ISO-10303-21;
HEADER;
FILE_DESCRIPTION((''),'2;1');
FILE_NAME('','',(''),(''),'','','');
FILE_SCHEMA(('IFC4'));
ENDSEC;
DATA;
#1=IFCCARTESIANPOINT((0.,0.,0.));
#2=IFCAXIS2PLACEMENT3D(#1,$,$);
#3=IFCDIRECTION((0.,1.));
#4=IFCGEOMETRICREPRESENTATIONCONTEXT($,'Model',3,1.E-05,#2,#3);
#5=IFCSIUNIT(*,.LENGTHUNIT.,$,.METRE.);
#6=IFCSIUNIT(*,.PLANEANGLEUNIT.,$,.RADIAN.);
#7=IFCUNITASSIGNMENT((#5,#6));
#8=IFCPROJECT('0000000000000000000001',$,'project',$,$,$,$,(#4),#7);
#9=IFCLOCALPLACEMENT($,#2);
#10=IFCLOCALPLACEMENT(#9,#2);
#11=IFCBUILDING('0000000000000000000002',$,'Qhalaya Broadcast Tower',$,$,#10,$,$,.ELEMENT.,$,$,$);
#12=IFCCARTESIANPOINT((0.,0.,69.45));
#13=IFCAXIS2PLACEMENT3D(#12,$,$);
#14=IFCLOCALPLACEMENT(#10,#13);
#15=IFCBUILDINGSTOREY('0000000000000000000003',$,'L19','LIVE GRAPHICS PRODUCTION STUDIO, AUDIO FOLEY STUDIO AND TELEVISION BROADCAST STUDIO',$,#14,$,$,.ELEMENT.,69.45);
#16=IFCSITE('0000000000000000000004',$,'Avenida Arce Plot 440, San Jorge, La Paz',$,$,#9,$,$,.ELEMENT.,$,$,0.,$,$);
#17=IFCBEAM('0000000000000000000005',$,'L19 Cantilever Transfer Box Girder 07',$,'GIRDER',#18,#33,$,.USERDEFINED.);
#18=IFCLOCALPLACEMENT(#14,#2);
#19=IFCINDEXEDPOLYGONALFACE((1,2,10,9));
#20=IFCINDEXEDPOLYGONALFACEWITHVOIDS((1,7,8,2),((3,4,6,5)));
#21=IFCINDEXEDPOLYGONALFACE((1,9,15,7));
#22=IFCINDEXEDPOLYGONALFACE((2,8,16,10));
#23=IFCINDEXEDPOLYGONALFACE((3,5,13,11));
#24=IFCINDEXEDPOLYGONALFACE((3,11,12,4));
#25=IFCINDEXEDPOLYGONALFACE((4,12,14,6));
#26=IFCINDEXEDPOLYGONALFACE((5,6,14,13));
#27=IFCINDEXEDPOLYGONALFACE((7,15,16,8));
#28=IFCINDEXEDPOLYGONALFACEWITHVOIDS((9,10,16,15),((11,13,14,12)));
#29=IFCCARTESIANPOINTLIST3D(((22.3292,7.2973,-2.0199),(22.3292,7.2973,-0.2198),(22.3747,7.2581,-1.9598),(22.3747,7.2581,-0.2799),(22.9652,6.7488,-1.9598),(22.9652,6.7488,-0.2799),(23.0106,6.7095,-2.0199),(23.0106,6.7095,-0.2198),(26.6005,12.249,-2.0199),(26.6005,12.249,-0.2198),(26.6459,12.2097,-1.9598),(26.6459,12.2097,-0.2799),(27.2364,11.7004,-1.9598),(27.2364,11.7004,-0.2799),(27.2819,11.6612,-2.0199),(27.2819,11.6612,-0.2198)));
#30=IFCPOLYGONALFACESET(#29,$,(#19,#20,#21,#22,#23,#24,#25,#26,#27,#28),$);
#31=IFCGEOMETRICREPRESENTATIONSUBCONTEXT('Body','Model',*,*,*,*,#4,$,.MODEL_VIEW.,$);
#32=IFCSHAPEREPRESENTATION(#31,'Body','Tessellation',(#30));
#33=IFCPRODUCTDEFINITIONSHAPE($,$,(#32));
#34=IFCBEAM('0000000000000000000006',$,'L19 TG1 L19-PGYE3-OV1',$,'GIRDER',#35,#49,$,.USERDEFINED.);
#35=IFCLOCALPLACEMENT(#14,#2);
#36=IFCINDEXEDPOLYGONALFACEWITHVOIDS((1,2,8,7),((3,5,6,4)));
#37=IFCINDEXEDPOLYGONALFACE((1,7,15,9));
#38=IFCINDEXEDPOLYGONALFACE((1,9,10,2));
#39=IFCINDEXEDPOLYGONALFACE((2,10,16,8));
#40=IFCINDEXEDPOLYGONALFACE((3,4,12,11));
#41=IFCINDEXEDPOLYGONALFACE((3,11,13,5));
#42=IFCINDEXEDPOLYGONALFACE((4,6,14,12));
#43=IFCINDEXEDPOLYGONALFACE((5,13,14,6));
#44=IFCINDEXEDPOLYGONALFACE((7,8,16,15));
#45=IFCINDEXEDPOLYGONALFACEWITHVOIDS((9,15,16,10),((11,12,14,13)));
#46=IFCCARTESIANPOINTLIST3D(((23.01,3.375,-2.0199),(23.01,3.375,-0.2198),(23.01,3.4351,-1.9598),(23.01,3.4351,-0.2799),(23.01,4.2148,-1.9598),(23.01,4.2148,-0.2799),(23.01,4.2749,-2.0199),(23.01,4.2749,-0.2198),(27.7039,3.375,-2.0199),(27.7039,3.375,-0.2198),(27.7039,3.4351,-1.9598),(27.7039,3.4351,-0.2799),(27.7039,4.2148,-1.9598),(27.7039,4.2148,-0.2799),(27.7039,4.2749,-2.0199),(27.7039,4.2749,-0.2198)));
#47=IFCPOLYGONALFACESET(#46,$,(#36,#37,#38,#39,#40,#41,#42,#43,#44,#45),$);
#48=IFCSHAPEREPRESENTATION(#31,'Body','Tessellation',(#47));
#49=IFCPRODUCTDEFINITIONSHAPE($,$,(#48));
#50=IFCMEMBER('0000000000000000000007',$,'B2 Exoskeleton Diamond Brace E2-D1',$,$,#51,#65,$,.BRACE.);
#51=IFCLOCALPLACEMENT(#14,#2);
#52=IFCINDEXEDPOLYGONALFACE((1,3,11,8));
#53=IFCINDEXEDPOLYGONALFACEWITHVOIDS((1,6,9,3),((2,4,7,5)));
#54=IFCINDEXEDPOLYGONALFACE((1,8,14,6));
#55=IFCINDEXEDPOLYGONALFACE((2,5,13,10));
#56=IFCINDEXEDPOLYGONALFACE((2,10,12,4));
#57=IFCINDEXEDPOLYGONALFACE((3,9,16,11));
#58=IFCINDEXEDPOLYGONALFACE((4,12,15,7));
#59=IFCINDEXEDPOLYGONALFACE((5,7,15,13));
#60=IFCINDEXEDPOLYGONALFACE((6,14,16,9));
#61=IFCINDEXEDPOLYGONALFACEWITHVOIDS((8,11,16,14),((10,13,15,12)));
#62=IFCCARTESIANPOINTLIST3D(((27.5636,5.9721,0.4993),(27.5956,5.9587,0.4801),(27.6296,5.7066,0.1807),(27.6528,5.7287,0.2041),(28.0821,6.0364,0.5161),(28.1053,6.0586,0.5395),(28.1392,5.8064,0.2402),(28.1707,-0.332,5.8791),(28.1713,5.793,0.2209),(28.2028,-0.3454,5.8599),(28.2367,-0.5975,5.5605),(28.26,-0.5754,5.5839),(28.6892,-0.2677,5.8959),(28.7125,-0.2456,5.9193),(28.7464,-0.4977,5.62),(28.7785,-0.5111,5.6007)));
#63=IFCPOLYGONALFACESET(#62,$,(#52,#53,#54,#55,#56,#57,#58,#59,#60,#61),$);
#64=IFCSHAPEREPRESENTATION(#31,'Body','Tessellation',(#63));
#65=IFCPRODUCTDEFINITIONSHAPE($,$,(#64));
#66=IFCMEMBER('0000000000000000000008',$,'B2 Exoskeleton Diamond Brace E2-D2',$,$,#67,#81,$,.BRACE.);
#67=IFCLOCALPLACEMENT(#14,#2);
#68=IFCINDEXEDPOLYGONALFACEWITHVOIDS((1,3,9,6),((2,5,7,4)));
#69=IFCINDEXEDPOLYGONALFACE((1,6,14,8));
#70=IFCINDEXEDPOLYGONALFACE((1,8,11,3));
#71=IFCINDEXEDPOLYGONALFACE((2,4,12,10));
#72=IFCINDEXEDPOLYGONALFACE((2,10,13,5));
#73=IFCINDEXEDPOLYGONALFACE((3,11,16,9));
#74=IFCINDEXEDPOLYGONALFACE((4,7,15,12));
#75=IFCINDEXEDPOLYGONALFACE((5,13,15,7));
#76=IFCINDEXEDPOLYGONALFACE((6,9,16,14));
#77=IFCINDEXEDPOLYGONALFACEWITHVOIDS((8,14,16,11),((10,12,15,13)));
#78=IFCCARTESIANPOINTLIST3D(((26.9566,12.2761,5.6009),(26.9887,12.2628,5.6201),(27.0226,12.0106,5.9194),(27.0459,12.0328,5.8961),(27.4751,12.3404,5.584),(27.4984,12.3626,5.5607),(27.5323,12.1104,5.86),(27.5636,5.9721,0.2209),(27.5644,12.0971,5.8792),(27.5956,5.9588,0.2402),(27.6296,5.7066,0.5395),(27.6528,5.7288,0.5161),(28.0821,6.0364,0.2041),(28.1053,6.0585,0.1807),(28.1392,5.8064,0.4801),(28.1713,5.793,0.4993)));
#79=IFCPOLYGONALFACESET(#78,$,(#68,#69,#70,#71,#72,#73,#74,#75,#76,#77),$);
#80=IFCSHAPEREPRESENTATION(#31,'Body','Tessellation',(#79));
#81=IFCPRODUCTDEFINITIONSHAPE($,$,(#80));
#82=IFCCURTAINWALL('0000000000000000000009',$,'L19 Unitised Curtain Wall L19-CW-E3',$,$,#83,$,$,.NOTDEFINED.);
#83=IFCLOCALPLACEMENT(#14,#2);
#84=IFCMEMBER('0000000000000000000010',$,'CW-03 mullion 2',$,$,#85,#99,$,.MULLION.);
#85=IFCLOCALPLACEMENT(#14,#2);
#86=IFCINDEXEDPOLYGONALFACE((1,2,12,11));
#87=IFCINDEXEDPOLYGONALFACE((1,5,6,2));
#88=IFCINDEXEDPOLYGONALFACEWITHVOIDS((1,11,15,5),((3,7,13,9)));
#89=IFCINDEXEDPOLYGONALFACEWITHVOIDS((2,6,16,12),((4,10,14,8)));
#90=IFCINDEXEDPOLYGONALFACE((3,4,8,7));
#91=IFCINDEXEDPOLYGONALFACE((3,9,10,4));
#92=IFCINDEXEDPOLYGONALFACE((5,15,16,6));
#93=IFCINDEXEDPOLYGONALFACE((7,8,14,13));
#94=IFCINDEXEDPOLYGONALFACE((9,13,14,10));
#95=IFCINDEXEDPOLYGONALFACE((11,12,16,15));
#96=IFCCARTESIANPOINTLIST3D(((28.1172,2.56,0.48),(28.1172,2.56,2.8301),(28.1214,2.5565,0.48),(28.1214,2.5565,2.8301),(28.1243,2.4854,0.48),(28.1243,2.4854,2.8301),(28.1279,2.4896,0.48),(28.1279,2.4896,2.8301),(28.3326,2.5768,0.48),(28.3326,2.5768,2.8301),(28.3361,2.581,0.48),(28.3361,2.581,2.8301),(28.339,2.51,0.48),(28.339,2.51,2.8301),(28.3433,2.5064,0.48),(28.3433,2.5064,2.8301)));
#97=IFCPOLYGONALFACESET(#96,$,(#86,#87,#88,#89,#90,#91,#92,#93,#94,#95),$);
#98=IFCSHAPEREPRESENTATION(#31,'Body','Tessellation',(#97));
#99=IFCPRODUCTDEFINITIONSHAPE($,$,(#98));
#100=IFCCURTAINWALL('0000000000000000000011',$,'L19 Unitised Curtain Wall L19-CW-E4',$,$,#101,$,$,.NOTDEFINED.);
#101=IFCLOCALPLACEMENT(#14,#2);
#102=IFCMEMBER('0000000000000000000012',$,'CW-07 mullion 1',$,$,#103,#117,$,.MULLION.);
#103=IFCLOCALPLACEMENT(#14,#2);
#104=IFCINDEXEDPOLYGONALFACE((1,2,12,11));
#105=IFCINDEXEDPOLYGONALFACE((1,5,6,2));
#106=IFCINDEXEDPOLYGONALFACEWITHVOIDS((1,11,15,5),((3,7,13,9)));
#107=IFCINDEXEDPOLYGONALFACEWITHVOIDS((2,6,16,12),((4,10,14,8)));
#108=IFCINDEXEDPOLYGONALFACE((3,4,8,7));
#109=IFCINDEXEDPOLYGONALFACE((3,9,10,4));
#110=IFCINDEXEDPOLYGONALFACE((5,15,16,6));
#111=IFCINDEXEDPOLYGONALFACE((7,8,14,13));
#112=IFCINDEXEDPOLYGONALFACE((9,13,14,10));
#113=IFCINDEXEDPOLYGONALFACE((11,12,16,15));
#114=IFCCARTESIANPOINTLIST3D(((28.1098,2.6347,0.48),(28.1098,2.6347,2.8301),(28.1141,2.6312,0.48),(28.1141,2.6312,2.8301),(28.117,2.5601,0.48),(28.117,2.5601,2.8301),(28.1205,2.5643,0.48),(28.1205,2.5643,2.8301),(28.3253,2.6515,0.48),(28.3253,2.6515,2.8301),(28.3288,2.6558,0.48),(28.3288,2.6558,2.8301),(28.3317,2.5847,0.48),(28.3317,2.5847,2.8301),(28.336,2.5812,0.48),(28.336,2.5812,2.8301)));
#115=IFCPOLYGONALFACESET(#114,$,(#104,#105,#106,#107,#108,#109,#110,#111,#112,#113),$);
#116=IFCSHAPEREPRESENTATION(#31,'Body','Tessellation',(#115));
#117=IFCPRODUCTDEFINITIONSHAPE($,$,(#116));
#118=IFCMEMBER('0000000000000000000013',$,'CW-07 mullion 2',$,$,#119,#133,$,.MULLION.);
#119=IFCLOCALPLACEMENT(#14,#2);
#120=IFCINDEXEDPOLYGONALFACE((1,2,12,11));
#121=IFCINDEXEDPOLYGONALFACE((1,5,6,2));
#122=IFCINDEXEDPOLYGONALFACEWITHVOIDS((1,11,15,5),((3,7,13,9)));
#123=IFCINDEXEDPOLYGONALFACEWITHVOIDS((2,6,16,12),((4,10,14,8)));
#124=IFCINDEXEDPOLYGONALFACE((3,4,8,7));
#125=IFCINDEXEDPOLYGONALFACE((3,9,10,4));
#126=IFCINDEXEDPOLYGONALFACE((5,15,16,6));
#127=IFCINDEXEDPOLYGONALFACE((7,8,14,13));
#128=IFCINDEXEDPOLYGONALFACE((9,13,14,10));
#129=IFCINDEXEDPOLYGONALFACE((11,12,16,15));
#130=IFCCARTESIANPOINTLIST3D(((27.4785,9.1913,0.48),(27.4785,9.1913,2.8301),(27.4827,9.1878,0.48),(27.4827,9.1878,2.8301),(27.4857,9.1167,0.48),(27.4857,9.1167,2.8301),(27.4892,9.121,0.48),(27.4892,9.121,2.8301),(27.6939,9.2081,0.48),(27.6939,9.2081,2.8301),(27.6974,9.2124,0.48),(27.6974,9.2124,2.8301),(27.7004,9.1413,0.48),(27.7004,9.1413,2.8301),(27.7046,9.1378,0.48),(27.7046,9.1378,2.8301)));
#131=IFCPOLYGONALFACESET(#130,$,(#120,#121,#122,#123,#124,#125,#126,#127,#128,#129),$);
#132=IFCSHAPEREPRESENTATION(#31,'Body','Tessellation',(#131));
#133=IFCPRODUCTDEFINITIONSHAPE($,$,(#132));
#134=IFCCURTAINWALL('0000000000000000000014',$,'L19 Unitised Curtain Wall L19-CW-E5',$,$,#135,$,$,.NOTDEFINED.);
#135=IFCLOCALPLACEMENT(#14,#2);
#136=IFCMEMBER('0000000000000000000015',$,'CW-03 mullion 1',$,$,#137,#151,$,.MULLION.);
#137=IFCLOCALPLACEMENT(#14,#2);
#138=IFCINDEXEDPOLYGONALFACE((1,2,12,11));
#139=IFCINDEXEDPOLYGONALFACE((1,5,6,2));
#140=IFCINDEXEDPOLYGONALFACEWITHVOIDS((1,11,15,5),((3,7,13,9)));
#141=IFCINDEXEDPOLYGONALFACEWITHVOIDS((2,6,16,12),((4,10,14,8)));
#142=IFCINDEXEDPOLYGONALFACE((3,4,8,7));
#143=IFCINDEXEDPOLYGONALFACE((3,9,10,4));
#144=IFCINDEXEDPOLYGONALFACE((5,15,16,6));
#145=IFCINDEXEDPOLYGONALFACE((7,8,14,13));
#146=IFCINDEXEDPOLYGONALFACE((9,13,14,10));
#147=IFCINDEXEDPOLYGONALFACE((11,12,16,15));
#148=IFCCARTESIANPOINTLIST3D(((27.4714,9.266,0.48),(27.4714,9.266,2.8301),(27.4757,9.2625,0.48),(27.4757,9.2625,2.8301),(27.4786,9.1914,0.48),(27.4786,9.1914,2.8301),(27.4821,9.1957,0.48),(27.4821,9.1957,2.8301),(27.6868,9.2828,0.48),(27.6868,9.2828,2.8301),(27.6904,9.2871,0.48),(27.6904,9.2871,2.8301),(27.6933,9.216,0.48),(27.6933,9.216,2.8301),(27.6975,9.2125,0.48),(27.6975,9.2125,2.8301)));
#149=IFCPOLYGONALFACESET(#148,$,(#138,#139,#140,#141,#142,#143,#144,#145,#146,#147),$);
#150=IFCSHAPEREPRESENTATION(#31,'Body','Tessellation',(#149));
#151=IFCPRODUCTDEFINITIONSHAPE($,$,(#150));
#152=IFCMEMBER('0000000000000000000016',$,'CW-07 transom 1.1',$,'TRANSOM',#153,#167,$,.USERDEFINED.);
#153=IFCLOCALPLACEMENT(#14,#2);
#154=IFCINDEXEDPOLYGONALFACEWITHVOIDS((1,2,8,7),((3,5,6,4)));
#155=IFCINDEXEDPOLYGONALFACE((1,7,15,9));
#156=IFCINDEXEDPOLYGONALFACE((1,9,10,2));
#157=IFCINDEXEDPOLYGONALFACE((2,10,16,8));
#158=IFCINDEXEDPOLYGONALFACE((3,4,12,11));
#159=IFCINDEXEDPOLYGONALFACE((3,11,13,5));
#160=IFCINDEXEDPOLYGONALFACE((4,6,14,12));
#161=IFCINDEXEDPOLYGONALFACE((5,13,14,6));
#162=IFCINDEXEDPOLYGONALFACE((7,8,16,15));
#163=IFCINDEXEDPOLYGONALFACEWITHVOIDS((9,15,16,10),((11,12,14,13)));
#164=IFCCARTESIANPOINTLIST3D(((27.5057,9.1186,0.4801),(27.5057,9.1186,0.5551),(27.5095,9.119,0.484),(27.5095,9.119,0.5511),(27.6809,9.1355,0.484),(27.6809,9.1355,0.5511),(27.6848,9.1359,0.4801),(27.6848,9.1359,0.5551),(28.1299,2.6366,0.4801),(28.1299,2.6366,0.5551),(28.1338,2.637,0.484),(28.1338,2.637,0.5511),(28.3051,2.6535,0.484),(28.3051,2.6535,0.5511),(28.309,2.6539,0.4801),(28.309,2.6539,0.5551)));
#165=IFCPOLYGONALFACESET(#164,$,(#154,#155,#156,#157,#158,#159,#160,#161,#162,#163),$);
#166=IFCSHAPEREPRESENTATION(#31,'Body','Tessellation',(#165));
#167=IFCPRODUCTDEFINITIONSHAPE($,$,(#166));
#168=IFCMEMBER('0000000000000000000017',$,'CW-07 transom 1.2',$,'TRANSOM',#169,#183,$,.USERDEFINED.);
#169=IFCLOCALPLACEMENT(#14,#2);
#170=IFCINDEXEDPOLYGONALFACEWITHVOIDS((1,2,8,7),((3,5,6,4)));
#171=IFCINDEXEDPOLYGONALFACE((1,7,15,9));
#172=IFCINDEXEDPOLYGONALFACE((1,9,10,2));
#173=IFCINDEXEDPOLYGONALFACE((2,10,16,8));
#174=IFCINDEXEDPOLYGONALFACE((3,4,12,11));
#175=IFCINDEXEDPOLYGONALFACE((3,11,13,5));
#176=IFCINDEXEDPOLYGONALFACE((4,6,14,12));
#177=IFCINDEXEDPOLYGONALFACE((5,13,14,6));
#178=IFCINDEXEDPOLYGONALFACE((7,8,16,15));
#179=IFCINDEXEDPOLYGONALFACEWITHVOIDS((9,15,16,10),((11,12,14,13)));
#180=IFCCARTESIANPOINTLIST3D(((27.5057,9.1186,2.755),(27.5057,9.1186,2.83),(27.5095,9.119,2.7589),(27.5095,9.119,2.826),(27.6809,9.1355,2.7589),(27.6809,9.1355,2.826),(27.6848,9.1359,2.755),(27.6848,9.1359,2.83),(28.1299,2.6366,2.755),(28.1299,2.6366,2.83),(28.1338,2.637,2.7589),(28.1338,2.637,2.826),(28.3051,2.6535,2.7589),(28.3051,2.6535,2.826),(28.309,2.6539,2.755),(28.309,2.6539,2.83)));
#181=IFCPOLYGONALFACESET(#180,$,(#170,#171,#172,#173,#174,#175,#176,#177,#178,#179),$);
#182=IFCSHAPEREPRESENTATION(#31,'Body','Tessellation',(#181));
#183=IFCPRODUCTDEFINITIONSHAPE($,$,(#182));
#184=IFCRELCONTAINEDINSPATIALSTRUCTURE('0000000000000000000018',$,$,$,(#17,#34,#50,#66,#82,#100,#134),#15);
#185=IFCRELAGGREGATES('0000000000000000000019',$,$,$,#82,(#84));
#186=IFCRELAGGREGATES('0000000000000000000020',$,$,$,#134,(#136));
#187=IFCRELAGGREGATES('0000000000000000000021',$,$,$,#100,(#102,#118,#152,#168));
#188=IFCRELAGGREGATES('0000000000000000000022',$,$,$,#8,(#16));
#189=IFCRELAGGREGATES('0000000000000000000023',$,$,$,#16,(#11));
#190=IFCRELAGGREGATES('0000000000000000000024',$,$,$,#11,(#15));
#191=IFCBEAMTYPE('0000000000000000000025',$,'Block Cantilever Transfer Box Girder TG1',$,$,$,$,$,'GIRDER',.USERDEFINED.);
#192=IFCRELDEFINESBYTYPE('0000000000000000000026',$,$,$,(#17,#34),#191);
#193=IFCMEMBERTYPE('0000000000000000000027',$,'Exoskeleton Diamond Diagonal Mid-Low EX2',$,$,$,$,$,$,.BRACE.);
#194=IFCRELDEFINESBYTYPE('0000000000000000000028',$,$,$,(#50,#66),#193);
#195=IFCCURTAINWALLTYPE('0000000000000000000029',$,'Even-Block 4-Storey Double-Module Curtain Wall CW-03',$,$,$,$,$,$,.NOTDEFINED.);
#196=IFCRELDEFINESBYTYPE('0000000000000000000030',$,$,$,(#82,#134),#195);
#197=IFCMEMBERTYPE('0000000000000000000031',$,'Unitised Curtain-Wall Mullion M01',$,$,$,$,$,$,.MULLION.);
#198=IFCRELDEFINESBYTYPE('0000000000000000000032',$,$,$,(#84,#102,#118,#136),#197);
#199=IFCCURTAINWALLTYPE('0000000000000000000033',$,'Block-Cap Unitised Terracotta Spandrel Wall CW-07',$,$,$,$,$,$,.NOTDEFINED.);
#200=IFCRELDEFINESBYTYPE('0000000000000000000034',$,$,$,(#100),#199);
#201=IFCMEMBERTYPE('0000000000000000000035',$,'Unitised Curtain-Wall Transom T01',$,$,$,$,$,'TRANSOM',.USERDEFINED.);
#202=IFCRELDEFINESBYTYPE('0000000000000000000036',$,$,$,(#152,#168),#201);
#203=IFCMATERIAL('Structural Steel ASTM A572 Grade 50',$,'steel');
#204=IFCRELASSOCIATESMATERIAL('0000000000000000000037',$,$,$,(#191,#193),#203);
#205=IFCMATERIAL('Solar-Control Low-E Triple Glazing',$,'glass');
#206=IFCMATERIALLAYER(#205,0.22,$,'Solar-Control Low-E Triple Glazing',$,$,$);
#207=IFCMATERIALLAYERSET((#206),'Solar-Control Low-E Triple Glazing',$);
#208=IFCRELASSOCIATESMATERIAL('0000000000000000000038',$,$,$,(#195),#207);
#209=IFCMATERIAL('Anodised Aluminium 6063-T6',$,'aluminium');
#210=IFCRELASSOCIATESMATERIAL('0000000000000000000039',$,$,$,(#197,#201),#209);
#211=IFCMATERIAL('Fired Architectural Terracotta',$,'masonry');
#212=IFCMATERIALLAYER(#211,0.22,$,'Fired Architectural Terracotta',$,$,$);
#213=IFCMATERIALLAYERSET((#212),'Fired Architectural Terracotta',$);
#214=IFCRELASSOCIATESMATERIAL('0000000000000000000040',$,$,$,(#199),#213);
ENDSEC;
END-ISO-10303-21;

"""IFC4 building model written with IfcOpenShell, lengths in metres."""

from ifc_helpers import new_model, si_unit, direction, frame, origin, origin_2d, place, context, subcontext, project, spatial, hollow_rectangle, extrude, material, layer, layer_set, material_profile, profile_set, type_object, element, aggregate, save


model = new_model("IFC4")

# Units and contexts
model_context = context("Model", 3, precision=1e-05, world=origin(), true_north=direction((0.0, 1.0)))
body_context = subcontext(model_context, "Body", "Model", "MODEL_VIEW")
ifc_project = project(units=[si_unit("LENGTHUNIT", "METRE"), si_unit("PLANEANGLEUNIT", "RADIAN")], contexts=[model_context])

# Site, building, storey
site_placement = place(None, origin())
site = spatial("IfcSite", under=ifc_project, at=site_placement, Name="Avenida Arce Plot 440, San Jorge, La Paz", CompositionType="ELEMENT", RefElevation=0.0)
building_placement = place(site_placement, origin())
building = spatial("IfcBuilding", under=site, at=building_placement, Name="Qhalaya Broadcast Tower", CompositionType="ELEMENT")
storey_placement = place(building_placement, frame((0.0, 0.0, 69.45)))
storey = spatial("IfcBuildingStorey", under=building, at=storey_placement, Name="L19", Description="LIVE GRAPHICS PRODUCTION STUDIO, AUDIO FOLEY STUDIO AND TELEVISION BROADCAST STUDIO", CompositionType="ELEMENT", Elevation=69.45)

# Beams
ifc_material_1 = material(Name="Structural Steel ASTM A572 Grade 50", Category="steel")
ifc_material_profile_1 = material_profile(ifc_material_1, hollow_rectangle(XDim=0.8999, YDim=1.8, WallThickness=0.0601, at=origin_2d()), Name="BOX 900x1800x60")
ifc_profile_set_1 = profile_set([ifc_material_profile_1], Name="Structural Steel ASTM A572 Grade 50")
beam_type = type_object("IfcBeamType", Name="Block Cantilever Transfer Box Girder TG1", ElementType="GIRDER", PredefinedType="USERDEFINED", material=ifc_profile_set_1)
beam_1_placement = place(storey_placement, frame((22.6699, 7.0034, -1.1199), z_axis=(0.653165, 0.757216, 0.0), x_axis=(-0.757216, 0.653165, 0.0)))
element("IfcBeam", 1, at=beam_1_placement, inside=storey, type_object=beam_type, Name="L19 Cantilever Transfer Box Girder 07", ObjectType="GIRDER", PredefinedType="USERDEFINED", context=body_context, shape_type="SweptSolid", body=[
    extrude(hollow_rectangle(XDim=0.8999, YDim=1.8, WallThickness=0.0601, at=origin_2d()), origin(), (0.0, 0.0, 1.0), 6.5393),
])
beam_2_placement = place(storey_placement, frame((23.01, 3.825, -1.1199), z_axis=(1.0, 0.0, 0.0), x_axis=(0.0, 1.0, 0.0)))
element("IfcBeam", 2, at=beam_2_placement, inside=storey, type_object=beam_type, Name="L19 TG1 L19-PGYE3-OV1", ObjectType="GIRDER", PredefinedType="USERDEFINED", context=body_context, shape_type="SweptSolid", body=[
    extrude(hollow_rectangle(XDim=0.8999, YDim=1.8, WallThickness=0.0601, at=origin_2d()), origin(), (0.0, 0.0, 1.0), 4.6938),
])

# Members
ifc_material_profile_2 = material_profile(ifc_material_1, hollow_rectangle(XDim=0.4199, YDim=0.55, WallThickness=0.0281, at=origin_2d()), Name="BOX 420x550x28")
ifc_profile_set_2 = profile_set([ifc_material_profile_2], Name="Structural Steel ASTM A572 Grade 50")
member_type_1 = type_object("IfcMemberType", Name="Exoskeleton Diamond Diagonal Mid-Low EX2", PredefinedType="BRACE", material=ifc_profile_set_2)
for number, where, z_axis, x_axis, name in (
    (3, (27.8674, 5.8826, 0.3601), (0.073067, -0.758636, 0.647405), (-0.157185, 0.632268, 0.758637), "B2 Exoskeleton Diamond Brace E2-D1"),
    (4, (27.8674, 5.8826, 0.3601), (-0.073039, 0.758625, 0.647421), (0.157165, -0.632289, 0.758624), "B2 Exoskeleton Diamond Brace E2-D2"),
):
    element("IfcMember", number, at=place(storey_placement, frame(where, z_axis=z_axis, x_axis=x_axis)), inside=storey, type_object=member_type_1, Name=name, PredefinedType="BRACE", context=body_context, shape_type="SweptSolid", body=[
        extrude(hollow_rectangle(XDim=0.4199, YDim=0.55, WallThickness=0.0281, at=origin_2d()), origin(), (0.0, 0.0, 1.0), 8.3098),
    ])

# Curtain wall, member
ifc_material_2 = material(Name="Solar-Control Low-E Triple Glazing", Category="glass")
ifc_layer_1 = layer(ifc_material_2, 0.22, Name="Solar-Control Low-E Triple Glazing")
ifc_layer_set_1 = layer_set([ifc_layer_1], Name="Solar-Control Low-E Triple Glazing")
curtain_wall_type_1 = type_object("IfcCurtainWallType", Name="Even-Block 4-Storey Double-Module Curtain Wall CW-03", PredefinedType="NOTDEFINED", material=ifc_layer_set_1)
curtain_wall_1_placement = place(storey_placement, origin())
curtain_wall_1 = element("IfcCurtainWall", 5, at=curtain_wall_1_placement, inside=storey, type_object=curtain_wall_type_1, Name="L19 Unitised Curtain Wall L19-CW-E3", PredefinedType="NOTDEFINED")
ifc_material_3 = material(Name="Anodised Aluminium 6063-T6", Category="aluminium")
ifc_material_profile_3 = material_profile(ifc_material_3, hollow_rectangle(XDim=0.075, YDim=0.22, WallThickness=0.0039, at=origin_2d()), Name="ALU-MUL 75x220x4")
ifc_profile_set_3 = profile_set([ifc_material_profile_3], Name="Anodised Aluminium 6063-T6")
member_type_2 = type_object("IfcMemberType", Name="Unitised Curtain-Wall Mullion M01", PredefinedType="MULLION", material=ifc_profile_set_3)
member_1_placement = place(storey_placement, frame((28.2302, 2.5332, 0.48), z_axis=(0.0, 0.0, 1.0), x_axis=(-0.095837, 0.995397, 0.0)))
member_1 = element("IfcMember", 6, at=member_1_placement, type_object=member_type_2, Name="CW-03 mullion 2", PredefinedType="MULLION", context=body_context, shape_type="SweptSolid", body=[
    extrude(hollow_rectangle(XDim=0.075, YDim=0.22, WallThickness=0.0039, at=origin_2d()), origin(), (0.0, 0.0, 1.0), 2.3501),
])
aggregate(curtain_wall_1, [member_1])

# Curtain wall, members
ifc_material_4 = material(Name="Fired Architectural Terracotta", Category="masonry")
ifc_layer_2 = layer(ifc_material_4, 0.22, Name="Fired Architectural Terracotta")
ifc_layer_set_2 = layer_set([ifc_layer_2], Name="Fired Architectural Terracotta")
curtain_wall_type_2 = type_object("IfcCurtainWallType", Name="Block-Cap Unitised Terracotta Spandrel Wall CW-07", PredefinedType="NOTDEFINED", material=ifc_layer_set_2)
curtain_wall_2_placement = place(storey_placement, origin())
curtain_wall_2 = element("IfcCurtainWall", 7, at=curtain_wall_2_placement, inside=storey, type_object=curtain_wall_type_2, Name="L19 Unitised Curtain Wall L19-CW-E4", PredefinedType="NOTDEFINED")
member_2_placement = place(storey_placement, frame((28.2229, 2.6079, 0.48), z_axis=(0.0, 0.0, 1.0), x_axis=(-0.095857, 0.995395, 0.0)))
member_2 = element("IfcMember", 8, at=member_2_placement, type_object=member_type_2, Name="CW-07 mullion 1", PredefinedType="MULLION", context=body_context, shape_type="SweptSolid", body=[
    extrude(hollow_rectangle(XDim=0.075, YDim=0.22, WallThickness=0.0039, at=origin_2d()), origin(), (0.0, 0.0, 1.0), 2.3501),
])
member_3_placement = place(storey_placement, frame((27.5916, 9.1646, 0.48), z_axis=(0.0, 0.0, 1.0), x_axis=(-0.095857, 0.995395, 0.0)))
member_3 = element("IfcMember", 9, at=member_3_placement, type_object=member_type_2, Name="CW-07 mullion 2", PredefinedType="MULLION", context=body_context, shape_type="SweptSolid", body=[
    extrude(hollow_rectangle(XDim=0.075, YDim=0.22, WallThickness=0.0039, at=origin_2d()), origin(), (0.0, 0.0, 1.0), 2.3501),
])

# Curtain wall, member
curtain_wall_3_placement = place(storey_placement, origin())
curtain_wall_3 = element("IfcCurtainWall", 10, at=curtain_wall_3_placement, inside=storey, type_object=curtain_wall_type_1, Name="L19 Unitised Curtain Wall L19-CW-E5", PredefinedType="NOTDEFINED")
member_4_placement = place(storey_placement, frame((27.5845, 9.2393, 0.48), z_axis=(0.0, 0.0, 1.0), x_axis=(-0.095836, 0.995397, 0.0)))
member_4 = element("IfcMember", 11, at=member_4_placement, type_object=member_type_2, Name="CW-03 mullion 1", PredefinedType="MULLION", context=body_context, shape_type="SweptSolid", body=[
    extrude(hollow_rectangle(XDim=0.075, YDim=0.22, WallThickness=0.0039, at=origin_2d()), origin(), (0.0, 0.0, 1.0), 2.3501),
])

# Members
ifc_material_profile_4 = material_profile(ifc_material_3, hollow_rectangle(XDim=0.075, YDim=0.1799, WallThickness=0.0039, at=origin_2d()), Name="ALU-TRN 75x180x4")
ifc_profile_set_4 = profile_set([ifc_material_profile_4], Name="Anodised Aluminium 6063-T6")
member_type_3 = type_object("IfcMemberType", Name="Unitised Curtain-Wall Transom T01", ElementType="TRANSOM", PredefinedType="USERDEFINED", material=ifc_profile_set_4)
member_5_placement = place(storey_placement, frame((28.2195, 2.6453, 0.5176), z_axis=(-0.095865, 0.995394, 0.0), x_axis=(0.0, 0.0, 1.0)))
member_5 = element("IfcMember", 12, at=member_5_placement, type_object=member_type_3, Name="CW-07 transom 1.1", ObjectType="TRANSOM", PredefinedType="USERDEFINED", context=body_context, shape_type="SweptSolid", body=[
    extrude(hollow_rectangle(XDim=0.075, YDim=0.1799, WallThickness=0.0039, at=origin_2d()), origin(), (0.0, 0.0, 1.0), 6.512),
])
member_6_placement = place(storey_placement, frame((28.2195, 2.6453, 2.7925), z_axis=(-0.095865, 0.995394, 0.0), x_axis=(0.0, 0.0, 1.0)))
member_6 = element("IfcMember", 13, at=member_6_placement, type_object=member_type_3, Name="CW-07 transom 1.2", ObjectType="TRANSOM", PredefinedType="USERDEFINED", context=body_context, shape_type="SweptSolid", body=[
    extrude(hollow_rectangle(XDim=0.075, YDim=0.1799, WallThickness=0.0039, at=origin_2d()), origin(), (0.0, 0.0, 1.0), 6.512),
])
aggregate(curtain_wall_3, [member_4])

aggregate(curtain_wall_2, [member_2, member_3, member_5, member_6])

save(model, "model.ifc")
